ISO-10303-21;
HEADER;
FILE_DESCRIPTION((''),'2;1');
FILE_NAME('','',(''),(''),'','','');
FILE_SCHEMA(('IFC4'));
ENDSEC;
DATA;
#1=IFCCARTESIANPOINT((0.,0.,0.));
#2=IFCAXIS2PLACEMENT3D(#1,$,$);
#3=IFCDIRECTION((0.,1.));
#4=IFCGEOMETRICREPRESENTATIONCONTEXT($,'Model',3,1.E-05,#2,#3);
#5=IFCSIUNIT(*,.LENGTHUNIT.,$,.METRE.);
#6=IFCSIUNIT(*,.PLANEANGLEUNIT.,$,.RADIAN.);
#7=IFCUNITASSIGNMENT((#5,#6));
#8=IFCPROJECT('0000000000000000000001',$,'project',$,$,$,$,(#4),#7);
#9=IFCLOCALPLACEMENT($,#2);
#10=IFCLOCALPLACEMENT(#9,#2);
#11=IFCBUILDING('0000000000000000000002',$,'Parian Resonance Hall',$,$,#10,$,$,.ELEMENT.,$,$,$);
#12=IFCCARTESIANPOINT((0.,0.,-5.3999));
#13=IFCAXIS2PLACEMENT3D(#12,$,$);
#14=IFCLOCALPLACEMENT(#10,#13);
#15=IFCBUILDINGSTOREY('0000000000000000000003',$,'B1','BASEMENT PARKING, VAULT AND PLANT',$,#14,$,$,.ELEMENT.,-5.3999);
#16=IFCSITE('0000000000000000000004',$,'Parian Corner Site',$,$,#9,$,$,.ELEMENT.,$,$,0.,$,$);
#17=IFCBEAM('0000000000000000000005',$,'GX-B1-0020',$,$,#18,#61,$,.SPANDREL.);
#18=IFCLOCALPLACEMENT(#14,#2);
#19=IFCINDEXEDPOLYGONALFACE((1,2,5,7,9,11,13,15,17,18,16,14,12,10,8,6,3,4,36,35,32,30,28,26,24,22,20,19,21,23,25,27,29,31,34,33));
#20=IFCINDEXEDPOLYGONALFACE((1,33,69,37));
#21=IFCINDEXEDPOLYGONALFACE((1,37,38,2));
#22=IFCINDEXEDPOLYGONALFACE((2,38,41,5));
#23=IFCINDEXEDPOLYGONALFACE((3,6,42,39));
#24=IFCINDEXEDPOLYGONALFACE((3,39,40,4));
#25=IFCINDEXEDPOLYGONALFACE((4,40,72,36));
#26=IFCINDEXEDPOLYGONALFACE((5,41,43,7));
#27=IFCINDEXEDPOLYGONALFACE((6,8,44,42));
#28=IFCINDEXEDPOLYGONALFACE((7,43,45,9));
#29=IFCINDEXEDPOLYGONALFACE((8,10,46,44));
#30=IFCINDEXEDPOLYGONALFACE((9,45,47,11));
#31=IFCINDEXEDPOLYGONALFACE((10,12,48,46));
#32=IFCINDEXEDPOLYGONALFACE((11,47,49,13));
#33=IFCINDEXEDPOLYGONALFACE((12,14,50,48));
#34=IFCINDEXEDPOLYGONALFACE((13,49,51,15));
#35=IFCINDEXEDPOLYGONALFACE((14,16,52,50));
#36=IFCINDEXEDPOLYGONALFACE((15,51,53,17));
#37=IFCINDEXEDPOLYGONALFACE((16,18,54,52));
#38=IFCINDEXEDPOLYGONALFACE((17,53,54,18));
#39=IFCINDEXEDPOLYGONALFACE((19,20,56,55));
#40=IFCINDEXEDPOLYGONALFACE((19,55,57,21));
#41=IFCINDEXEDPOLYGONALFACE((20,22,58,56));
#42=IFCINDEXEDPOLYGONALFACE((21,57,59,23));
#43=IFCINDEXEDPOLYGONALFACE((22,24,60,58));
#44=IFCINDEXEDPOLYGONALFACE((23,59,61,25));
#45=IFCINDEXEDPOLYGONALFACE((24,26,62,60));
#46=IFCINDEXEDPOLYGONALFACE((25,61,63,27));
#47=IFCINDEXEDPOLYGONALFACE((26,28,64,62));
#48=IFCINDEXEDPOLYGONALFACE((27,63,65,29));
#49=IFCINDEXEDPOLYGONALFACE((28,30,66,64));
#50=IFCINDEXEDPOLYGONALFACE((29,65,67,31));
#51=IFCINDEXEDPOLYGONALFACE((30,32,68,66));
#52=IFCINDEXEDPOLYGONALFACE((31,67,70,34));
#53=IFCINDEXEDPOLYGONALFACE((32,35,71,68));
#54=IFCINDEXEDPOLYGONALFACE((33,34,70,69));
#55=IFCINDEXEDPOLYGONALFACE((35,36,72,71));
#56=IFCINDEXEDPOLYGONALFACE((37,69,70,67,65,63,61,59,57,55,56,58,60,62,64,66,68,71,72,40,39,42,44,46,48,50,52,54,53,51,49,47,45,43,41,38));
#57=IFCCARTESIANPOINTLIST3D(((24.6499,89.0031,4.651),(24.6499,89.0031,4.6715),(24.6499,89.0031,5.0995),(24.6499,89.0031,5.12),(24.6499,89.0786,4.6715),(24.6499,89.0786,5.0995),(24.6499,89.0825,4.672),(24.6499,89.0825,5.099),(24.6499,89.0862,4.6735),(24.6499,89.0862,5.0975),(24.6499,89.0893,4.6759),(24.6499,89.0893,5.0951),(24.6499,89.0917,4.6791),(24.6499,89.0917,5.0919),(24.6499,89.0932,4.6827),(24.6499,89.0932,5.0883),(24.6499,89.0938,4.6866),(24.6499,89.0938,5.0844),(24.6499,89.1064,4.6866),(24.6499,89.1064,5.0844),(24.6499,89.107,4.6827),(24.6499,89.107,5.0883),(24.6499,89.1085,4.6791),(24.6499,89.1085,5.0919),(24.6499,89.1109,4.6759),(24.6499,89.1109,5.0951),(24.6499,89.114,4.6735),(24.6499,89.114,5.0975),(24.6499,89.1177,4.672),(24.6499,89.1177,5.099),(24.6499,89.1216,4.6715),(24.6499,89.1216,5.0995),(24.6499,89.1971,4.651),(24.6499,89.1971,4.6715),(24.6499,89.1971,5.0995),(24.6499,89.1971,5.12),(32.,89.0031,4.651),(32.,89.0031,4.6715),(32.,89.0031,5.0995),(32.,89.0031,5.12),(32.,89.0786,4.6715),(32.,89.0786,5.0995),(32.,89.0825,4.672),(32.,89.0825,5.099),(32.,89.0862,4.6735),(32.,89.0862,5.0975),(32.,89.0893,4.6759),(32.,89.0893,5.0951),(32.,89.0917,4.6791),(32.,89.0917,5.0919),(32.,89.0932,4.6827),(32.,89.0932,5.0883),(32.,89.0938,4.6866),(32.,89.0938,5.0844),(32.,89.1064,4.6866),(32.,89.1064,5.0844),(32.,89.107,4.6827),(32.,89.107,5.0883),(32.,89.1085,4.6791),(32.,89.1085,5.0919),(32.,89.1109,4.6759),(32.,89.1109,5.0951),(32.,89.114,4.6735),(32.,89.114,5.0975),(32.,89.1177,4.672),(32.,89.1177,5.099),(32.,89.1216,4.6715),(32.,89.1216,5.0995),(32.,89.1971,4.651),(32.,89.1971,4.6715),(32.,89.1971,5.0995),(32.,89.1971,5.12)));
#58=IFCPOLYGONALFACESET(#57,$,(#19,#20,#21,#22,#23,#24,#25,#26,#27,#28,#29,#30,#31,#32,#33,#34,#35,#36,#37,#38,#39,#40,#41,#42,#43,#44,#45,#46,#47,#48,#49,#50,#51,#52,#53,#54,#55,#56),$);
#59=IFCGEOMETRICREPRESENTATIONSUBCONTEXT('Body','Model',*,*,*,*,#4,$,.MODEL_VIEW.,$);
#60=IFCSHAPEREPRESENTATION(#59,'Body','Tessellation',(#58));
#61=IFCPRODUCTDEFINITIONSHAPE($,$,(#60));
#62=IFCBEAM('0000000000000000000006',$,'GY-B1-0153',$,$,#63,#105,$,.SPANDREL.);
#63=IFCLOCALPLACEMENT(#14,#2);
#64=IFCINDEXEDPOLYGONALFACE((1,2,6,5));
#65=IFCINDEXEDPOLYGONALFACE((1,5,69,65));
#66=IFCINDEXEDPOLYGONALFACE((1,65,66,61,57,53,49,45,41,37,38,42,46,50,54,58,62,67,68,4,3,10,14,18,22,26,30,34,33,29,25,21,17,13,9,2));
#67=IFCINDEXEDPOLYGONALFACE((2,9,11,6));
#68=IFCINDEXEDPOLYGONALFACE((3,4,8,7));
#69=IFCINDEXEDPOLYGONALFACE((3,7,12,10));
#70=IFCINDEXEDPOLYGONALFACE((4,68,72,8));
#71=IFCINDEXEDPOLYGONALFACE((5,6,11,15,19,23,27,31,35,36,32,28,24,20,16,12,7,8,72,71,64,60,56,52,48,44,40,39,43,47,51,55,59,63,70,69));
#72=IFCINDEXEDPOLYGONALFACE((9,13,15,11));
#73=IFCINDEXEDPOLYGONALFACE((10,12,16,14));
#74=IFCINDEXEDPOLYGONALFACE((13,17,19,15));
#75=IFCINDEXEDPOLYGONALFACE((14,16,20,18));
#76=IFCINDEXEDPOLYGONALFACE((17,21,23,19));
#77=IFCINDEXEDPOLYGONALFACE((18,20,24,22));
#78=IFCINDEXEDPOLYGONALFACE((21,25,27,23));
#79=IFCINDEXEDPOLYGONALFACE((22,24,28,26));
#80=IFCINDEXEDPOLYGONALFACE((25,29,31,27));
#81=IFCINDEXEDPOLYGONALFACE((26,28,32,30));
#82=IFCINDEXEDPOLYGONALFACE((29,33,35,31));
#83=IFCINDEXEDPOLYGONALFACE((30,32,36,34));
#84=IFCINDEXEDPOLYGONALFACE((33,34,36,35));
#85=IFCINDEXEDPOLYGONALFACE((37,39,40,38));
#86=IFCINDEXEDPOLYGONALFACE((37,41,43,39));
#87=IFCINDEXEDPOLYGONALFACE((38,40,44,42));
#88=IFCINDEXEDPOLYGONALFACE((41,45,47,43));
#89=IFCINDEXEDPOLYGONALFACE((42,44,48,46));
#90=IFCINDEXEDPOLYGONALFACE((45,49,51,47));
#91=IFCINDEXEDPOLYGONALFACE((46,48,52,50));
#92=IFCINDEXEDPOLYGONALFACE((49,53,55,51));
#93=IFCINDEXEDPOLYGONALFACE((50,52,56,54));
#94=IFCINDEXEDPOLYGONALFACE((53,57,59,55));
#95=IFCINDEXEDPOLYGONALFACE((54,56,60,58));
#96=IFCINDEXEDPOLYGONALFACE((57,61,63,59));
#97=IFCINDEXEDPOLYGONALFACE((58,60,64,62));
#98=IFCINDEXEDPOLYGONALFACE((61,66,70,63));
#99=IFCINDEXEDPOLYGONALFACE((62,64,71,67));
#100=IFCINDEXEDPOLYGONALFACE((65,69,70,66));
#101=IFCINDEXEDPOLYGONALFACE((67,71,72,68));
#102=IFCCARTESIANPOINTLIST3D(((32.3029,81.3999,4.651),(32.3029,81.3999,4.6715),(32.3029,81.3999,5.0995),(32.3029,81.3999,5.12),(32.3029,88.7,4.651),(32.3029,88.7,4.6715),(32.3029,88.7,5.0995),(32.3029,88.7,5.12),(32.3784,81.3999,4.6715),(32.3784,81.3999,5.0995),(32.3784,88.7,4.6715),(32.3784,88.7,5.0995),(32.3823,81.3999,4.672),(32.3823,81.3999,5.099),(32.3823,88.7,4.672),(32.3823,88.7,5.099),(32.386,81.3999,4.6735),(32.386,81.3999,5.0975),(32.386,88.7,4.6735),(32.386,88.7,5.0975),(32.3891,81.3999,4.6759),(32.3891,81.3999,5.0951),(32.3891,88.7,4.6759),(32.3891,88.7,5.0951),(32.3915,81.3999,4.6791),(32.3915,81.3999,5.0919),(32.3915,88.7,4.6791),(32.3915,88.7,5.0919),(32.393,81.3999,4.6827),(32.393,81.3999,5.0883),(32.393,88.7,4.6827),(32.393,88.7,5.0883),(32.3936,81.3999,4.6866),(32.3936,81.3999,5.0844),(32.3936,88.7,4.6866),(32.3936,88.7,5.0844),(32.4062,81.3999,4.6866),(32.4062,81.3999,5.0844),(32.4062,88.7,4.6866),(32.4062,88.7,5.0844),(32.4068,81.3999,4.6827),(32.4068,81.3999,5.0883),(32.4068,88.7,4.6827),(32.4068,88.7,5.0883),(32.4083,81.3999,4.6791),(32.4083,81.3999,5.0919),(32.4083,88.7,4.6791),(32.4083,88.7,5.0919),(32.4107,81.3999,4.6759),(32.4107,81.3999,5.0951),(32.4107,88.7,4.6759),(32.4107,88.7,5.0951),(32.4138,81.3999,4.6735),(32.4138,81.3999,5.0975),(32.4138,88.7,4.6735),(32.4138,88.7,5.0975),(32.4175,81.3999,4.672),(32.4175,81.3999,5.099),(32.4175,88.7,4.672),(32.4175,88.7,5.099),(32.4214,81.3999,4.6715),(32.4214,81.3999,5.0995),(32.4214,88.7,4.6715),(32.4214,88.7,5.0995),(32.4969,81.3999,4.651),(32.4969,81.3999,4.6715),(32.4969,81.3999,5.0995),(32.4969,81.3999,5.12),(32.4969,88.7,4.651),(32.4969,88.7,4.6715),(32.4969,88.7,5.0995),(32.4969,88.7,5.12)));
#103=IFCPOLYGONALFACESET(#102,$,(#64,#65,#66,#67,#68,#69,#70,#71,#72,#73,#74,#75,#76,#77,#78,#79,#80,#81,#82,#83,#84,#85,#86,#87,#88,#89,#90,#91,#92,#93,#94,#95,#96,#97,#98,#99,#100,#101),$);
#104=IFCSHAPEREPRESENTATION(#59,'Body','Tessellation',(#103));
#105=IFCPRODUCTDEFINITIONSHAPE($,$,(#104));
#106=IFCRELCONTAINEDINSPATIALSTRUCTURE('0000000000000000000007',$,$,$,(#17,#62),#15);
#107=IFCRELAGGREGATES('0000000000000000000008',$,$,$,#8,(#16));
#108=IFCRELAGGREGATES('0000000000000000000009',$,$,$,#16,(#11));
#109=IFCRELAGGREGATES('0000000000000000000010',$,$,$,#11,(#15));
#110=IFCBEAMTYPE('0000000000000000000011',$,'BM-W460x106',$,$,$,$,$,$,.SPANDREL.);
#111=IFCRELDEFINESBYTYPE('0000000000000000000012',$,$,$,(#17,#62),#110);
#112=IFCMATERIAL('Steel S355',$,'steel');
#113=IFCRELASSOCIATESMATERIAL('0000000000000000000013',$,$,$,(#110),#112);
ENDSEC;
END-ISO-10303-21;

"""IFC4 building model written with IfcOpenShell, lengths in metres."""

from ifc_helpers import new_model, si_unit, direction, frame, origin, origin_2d, place, context, subcontext, project, spatial, i_section, extrude, material, material_profile, profile_set, type_object, element, save


model = new_model("IFC4")

# Units and contexts
model_context = context("Model", 3, precision=1e-05, world=origin(), true_north=direction((0.0, 1.0)))
body_context = subcontext(model_context, "Body", "Model", "MODEL_VIEW")
ifc_project = project(units=[si_unit("LENGTHUNIT", "METRE"), si_unit("PLANEANGLEUNIT", "RADIAN")], contexts=[model_context])

# Site, building, storey
site_placement = place(None, origin())
site = spatial("IfcSite", under=ifc_project, at=site_placement, Name="Parian Corner Site", CompositionType="ELEMENT", RefElevation=0.0)
building_placement = place(site_placement, origin())
building = spatial("IfcBuilding", under=site, at=building_placement, Name="Parian Resonance Hall", CompositionType="ELEMENT")
storey_placement = place(building_placement, frame((0.0, 0.0, -5.3999)))
storey = spatial("IfcBuildingStorey", under=building, at=storey_placement, Name="B1", Description="BASEMENT PARKING, VAULT AND PLANT", CompositionType="ELEMENT", Elevation=-5.3999)

# Beams
ifc_material_1 = material(Name="Steel S355", Category="steel")
ifc_material_profile_1 = material_profile(ifc_material_1, i_section(OverallWidth=0.1941, OverallDepth=0.469, WebThickness=0.0127, FlangeThickness=0.0205, FilletRadius=0.0151, at=origin_2d()), Name="W460x106")
ifc_profile_set_1 = profile_set([ifc_material_profile_1], Name="Steel S355")
beam_type_1 = type_object("IfcBeamType", Name="BM-W460x106", PredefinedType="SPANDREL", material=ifc_profile_set_1)
beam_1_placement = place(storey_placement, frame((24.6499, 89.1001, 4.8855), z_axis=(1.0, 0.0, 0.0), x_axis=(0.0, 1.0, 0.0)))
element("IfcBeam", 1, at=beam_1_placement, inside=storey, type_object=beam_type_1, Name="GX-B1-0020", PredefinedType="SPANDREL", context=body_context, shape_type="SweptSolid", body=[
    extrude(i_section(OverallWidth=0.1941, OverallDepth=0.469, WebThickness=0.0127, FlangeThickness=0.0205, FilletRadius=0.0151, at=origin_2d()), origin(), (0.0, 0.0, 1.0), 7.3501),
])
beam_2_placement = place(storey_placement, frame((32.3999, 81.3999, 4.8855), z_axis=(0.0, 1.0, 0.0), x_axis=(-1.0, 0.0, 0.0)))
element("IfcBeam", 2, at=beam_2_placement, inside=storey, type_object=beam_type_1, Name="GY-B1-0153", PredefinedType="SPANDREL", context=body_context, shape_type="SweptSolid", body=[
    extrude(i_section(OverallWidth=0.1941, OverallDepth=0.469, WebThickness=0.0127, FlangeThickness=0.0205, FilletRadius=0.0151, at=origin_2d()), origin(), (0.0, 0.0, 1.0), 7.3),
])

save(model, "model.ifc")
